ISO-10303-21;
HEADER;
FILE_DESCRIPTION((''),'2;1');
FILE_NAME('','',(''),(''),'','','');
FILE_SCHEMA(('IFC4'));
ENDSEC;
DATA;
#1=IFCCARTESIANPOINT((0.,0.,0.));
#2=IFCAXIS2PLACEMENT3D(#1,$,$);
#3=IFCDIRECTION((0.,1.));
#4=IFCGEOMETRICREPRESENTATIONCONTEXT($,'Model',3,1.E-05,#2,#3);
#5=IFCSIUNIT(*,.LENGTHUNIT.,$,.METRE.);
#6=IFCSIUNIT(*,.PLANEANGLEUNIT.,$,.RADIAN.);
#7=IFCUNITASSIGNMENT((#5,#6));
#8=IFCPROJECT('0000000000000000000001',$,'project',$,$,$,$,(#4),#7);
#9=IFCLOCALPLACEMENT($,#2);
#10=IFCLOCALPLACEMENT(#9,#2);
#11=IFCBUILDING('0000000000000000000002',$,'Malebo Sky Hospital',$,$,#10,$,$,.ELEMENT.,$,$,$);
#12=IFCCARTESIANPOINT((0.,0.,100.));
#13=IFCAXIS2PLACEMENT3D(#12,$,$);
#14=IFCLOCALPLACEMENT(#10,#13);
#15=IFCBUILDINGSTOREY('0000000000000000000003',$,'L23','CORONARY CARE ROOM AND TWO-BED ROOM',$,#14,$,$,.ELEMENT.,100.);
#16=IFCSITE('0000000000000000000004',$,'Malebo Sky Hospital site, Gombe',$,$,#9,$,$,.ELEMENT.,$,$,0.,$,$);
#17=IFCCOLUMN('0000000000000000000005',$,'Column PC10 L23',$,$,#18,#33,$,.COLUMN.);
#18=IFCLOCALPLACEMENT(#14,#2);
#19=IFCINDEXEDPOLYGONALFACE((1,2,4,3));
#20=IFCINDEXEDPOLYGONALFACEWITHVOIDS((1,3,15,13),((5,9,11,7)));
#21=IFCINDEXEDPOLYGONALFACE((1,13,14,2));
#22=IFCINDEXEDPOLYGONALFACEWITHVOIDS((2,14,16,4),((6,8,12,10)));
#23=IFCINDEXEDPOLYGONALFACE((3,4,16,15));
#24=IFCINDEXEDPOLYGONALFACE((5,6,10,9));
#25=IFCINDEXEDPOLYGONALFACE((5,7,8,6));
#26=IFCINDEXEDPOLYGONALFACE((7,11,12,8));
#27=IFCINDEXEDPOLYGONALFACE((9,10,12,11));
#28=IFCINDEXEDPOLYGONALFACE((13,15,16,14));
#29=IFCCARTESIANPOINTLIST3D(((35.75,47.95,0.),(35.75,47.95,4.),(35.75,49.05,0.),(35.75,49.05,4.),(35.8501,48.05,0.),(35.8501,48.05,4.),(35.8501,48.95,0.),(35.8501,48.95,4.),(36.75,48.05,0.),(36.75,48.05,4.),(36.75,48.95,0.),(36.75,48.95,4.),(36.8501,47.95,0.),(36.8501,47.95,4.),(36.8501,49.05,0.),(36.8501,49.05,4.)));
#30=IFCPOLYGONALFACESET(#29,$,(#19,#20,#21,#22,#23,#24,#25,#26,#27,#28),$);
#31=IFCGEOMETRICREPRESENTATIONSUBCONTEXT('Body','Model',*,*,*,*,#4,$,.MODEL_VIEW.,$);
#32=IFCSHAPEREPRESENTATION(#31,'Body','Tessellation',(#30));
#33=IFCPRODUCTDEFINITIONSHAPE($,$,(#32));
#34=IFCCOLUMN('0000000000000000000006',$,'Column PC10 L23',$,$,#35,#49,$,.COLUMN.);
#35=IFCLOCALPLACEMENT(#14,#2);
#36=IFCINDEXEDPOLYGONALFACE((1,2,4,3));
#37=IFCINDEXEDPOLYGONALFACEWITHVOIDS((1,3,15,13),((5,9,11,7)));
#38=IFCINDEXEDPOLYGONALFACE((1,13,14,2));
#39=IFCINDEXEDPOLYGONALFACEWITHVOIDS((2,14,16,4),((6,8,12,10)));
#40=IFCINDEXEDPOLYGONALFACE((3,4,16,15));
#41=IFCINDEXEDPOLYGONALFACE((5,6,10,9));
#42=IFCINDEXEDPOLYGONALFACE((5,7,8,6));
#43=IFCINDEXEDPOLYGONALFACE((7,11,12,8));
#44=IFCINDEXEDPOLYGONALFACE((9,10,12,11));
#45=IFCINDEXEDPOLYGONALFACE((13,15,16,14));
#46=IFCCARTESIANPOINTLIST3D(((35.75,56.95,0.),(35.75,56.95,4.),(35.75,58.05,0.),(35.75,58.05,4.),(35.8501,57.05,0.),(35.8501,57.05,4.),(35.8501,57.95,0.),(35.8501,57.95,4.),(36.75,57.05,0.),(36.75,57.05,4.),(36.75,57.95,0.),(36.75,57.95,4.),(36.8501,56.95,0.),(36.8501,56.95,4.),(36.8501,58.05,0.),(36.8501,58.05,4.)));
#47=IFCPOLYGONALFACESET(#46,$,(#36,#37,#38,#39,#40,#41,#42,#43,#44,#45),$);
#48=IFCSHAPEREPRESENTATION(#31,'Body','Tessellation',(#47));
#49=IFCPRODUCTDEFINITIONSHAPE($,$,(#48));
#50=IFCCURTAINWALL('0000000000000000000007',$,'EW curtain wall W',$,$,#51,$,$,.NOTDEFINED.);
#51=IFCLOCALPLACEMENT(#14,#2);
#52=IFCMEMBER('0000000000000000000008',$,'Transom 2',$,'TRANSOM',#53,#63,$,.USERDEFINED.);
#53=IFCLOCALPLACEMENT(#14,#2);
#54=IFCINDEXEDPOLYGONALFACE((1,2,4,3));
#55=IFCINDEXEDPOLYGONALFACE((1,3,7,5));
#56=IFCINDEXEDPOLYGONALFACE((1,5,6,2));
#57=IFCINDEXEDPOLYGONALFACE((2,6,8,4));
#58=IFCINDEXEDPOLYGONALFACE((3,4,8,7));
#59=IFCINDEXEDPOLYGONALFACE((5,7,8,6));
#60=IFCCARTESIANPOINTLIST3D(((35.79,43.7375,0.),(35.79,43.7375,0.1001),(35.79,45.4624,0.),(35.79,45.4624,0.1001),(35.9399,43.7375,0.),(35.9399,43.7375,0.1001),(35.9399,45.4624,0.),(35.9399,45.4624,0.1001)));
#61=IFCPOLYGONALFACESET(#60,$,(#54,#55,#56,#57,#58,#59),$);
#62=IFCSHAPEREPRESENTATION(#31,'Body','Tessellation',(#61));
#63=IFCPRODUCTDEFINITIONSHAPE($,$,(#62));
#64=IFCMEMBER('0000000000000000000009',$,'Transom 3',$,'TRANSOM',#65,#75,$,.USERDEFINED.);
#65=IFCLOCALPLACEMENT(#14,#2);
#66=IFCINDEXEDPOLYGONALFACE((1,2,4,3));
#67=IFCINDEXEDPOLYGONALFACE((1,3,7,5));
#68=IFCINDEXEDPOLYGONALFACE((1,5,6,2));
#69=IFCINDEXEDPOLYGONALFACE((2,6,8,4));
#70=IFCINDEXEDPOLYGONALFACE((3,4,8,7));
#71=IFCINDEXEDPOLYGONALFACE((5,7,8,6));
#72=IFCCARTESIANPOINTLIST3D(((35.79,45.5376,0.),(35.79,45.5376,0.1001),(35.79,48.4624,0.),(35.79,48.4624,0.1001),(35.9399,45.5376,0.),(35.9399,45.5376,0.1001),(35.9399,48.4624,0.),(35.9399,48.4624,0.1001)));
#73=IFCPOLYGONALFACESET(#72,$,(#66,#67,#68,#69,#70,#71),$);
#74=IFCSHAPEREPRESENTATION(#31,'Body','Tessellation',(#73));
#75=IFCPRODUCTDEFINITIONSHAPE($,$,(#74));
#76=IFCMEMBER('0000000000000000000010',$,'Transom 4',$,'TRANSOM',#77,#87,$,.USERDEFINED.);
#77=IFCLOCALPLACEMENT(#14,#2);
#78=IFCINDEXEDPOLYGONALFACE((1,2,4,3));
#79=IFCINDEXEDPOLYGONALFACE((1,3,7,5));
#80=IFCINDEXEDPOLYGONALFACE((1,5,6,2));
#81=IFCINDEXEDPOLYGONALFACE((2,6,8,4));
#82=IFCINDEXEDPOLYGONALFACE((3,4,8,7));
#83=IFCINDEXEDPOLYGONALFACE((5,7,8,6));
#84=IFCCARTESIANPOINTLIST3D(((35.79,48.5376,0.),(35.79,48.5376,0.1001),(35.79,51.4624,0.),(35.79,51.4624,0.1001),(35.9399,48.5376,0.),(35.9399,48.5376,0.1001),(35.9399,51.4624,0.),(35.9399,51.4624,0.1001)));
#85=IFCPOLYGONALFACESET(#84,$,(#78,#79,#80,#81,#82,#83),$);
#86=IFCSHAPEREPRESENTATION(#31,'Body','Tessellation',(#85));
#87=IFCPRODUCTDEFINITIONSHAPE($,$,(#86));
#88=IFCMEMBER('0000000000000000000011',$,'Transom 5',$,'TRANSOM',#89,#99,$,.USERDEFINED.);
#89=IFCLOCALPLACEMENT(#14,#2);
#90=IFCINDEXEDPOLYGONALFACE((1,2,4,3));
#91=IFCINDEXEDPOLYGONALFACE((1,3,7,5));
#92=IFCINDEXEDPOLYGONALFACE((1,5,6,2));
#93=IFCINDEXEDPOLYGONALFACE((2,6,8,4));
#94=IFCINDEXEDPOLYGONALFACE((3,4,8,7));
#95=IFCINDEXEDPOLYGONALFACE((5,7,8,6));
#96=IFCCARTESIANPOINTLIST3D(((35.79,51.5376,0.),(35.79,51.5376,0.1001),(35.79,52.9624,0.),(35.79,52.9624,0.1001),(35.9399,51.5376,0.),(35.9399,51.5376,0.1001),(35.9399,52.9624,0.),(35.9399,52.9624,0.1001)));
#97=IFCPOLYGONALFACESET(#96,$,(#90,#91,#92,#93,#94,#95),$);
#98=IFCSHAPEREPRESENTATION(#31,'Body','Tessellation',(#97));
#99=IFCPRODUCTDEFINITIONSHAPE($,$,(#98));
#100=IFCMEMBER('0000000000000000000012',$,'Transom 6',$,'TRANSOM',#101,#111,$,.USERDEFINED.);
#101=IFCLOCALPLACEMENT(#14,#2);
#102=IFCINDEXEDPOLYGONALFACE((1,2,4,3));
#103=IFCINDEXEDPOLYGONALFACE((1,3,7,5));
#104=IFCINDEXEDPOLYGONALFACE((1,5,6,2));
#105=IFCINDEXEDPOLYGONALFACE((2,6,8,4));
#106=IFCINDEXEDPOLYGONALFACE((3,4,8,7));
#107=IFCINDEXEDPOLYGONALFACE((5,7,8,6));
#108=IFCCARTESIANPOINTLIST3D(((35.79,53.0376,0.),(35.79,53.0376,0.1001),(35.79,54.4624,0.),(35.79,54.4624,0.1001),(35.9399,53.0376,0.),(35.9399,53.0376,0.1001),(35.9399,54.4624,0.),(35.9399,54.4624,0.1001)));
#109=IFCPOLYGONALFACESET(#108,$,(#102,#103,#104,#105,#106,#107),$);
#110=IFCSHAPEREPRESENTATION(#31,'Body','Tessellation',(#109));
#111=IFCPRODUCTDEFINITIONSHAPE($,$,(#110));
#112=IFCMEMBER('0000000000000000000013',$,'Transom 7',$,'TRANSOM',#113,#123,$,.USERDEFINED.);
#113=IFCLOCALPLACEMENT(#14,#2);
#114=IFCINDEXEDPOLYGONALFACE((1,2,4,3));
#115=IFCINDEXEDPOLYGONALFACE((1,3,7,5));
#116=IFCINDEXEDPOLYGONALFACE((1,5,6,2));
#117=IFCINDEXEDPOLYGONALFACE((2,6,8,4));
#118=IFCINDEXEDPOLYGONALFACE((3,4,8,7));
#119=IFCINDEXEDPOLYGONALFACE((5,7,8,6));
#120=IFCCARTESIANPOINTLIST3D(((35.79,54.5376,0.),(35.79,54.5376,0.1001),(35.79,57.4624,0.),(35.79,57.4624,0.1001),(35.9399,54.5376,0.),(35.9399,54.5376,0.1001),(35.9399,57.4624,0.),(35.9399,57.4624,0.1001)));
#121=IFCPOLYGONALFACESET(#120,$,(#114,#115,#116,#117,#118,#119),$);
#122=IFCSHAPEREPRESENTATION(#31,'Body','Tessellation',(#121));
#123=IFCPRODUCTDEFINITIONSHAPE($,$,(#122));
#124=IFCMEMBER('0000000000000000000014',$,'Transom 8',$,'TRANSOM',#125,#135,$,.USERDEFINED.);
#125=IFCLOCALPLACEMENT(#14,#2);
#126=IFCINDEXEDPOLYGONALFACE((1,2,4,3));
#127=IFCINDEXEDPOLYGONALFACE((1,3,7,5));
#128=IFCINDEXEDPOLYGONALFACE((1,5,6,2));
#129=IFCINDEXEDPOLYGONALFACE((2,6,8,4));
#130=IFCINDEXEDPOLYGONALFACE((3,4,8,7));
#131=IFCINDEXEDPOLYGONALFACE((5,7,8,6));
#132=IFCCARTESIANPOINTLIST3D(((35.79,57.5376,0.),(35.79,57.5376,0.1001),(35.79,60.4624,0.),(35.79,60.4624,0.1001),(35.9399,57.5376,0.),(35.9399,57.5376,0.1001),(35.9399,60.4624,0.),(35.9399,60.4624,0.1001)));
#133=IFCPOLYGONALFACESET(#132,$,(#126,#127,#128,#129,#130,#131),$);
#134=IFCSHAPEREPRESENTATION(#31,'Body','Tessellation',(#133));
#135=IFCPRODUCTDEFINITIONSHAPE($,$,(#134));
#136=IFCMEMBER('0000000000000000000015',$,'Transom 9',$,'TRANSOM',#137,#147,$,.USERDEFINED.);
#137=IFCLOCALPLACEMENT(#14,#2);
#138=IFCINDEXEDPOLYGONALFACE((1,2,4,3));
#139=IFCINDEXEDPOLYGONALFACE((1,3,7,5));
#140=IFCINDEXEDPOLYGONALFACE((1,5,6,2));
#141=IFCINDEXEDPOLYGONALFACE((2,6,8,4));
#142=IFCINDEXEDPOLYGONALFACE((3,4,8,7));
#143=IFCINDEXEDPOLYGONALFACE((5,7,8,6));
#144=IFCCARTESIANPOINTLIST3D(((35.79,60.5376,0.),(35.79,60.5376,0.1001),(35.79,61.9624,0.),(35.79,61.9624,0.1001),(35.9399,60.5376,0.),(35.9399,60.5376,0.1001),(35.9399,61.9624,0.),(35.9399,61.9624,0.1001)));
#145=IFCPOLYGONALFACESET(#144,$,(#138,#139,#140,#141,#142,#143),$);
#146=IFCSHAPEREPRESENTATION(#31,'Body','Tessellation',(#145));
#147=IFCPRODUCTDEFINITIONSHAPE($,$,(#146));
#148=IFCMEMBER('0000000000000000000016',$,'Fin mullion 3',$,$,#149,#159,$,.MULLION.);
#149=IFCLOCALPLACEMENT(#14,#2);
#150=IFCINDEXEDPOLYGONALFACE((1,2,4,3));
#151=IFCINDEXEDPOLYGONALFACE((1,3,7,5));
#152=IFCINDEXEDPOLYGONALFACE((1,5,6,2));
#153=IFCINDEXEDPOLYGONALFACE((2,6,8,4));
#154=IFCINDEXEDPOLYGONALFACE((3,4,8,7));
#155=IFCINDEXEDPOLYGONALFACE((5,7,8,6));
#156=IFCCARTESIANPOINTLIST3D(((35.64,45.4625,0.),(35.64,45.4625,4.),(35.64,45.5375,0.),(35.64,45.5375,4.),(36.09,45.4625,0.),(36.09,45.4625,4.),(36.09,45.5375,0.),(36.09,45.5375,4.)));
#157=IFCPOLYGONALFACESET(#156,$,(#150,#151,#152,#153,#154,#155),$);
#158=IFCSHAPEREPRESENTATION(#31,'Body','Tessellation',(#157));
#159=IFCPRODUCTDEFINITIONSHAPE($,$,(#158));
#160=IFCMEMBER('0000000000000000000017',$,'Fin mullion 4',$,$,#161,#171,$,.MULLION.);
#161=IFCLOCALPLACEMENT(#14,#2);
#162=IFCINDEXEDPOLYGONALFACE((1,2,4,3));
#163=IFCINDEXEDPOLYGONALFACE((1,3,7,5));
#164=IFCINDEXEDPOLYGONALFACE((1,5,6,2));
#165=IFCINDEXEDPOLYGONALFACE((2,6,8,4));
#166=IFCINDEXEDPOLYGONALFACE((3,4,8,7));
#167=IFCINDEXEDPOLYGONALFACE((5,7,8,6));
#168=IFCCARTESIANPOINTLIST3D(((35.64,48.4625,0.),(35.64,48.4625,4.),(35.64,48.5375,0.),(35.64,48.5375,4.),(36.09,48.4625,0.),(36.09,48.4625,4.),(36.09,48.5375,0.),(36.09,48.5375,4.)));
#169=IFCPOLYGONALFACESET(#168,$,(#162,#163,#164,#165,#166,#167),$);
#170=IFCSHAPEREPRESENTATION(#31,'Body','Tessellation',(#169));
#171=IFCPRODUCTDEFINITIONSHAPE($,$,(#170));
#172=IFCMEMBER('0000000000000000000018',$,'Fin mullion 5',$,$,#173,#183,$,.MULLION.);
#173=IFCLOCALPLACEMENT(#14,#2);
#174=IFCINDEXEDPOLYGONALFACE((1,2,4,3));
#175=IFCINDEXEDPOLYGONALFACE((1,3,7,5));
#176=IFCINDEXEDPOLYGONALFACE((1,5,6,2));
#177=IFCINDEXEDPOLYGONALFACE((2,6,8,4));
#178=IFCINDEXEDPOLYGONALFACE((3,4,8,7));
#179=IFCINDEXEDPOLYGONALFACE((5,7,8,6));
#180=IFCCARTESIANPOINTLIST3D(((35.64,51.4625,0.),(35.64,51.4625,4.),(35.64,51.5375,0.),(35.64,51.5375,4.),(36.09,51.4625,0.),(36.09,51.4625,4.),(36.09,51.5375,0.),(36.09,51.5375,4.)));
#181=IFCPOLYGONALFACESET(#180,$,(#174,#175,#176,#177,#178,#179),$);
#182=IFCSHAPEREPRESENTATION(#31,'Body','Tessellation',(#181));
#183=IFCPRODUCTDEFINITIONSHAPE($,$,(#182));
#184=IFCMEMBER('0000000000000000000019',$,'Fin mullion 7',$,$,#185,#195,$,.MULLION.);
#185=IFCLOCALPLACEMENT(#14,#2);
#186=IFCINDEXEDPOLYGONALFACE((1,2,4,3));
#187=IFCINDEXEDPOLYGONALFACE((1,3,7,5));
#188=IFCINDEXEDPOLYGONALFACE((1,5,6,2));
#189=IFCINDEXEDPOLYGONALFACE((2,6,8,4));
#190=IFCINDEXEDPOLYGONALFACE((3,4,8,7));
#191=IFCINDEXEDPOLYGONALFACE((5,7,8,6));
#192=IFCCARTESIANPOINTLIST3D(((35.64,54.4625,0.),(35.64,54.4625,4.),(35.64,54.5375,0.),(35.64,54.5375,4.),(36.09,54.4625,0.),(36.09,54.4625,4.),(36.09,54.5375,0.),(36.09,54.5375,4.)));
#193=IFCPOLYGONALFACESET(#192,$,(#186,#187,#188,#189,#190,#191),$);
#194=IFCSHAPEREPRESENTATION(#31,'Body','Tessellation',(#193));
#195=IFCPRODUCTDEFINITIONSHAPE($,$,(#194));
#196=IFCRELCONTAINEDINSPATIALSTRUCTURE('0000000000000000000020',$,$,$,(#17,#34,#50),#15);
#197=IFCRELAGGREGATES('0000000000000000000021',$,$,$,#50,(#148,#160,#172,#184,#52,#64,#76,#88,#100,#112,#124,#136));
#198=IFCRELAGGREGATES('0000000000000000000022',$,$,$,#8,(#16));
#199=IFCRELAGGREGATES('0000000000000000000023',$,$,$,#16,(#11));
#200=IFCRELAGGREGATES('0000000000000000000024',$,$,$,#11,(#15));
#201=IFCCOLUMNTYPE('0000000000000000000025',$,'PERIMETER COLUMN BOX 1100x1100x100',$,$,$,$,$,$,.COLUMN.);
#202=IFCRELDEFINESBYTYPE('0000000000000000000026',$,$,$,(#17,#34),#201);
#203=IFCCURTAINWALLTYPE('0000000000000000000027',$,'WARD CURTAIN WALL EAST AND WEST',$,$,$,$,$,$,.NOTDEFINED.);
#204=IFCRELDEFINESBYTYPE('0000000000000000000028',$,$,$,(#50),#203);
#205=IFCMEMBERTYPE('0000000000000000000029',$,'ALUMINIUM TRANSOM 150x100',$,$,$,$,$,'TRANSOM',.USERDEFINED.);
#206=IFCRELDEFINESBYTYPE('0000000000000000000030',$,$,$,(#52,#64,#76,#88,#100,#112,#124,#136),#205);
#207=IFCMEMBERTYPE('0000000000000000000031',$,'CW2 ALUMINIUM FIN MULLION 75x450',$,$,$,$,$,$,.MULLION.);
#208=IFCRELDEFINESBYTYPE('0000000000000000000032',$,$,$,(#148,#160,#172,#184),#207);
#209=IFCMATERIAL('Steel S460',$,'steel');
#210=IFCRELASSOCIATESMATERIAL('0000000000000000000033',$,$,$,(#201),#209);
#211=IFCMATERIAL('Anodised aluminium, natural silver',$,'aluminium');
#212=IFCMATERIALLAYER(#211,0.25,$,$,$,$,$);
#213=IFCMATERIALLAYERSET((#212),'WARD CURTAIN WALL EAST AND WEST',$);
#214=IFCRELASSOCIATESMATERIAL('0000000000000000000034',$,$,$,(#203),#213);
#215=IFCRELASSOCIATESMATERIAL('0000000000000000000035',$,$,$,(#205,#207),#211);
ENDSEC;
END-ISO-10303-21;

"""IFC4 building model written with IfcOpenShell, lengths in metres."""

from ifc_helpers import new_model, si_unit, direction, frame, origin, origin_2d, place, context, subcontext, project, spatial, rectangle, hollow_rectangle, extrude, material, layer, layer_set, material_profile, profile_set, type_object, element, aggregate, save


model = new_model("IFC4")

# Units and contexts
model_context = context("Model", 3, precision=1e-05, world=origin(), true_north=direction((0.0, 1.0)))
body_context = subcontext(model_context, "Body", "Model", "MODEL_VIEW")
ifc_project = project(units=[si_unit("LENGTHUNIT", "METRE"), si_unit("PLANEANGLEUNIT", "RADIAN")], contexts=[model_context])

# Site, building, storey
site_placement = place(None, origin())
site = spatial("IfcSite", under=ifc_project, at=site_placement, Name="Malebo Sky Hospital site, Gombe", CompositionType="ELEMENT", RefElevation=0.0)
building_placement = place(site_placement, origin())
building = spatial("IfcBuilding", under=site, at=building_placement, Name="Malebo Sky Hospital", CompositionType="ELEMENT")
storey_placement = place(building_placement, frame((0.0, 0.0, 100.0)))
storey = spatial("IfcBuildingStorey", under=building, at=storey_placement, Name="L23", Description="CORONARY CARE ROOM AND TWO-BED ROOM", CompositionType="ELEMENT", Elevation=100.0)

# Columns
ifc_material_1 = material(Name="Steel S460", Category="steel")
ifc_material_profile_1 = material_profile(ifc_material_1, hollow_rectangle(XDim=1.1001, YDim=1.1001, WallThickness=0.1001, at=origin_2d()), Name="BOX 1100x1100x100")
ifc_profile_set_1 = profile_set([ifc_material_profile_1], Name="Steel S460")
column_type = type_object("IfcColumnType", Name="PERIMETER COLUMN BOX 1100x1100x100", PredefinedType="COLUMN", material=ifc_profile_set_1)
for number, where, z_axis, x_axis, name in (
    (1, (36.3, 48.5, 0.0), (0.0, 0.0, 1.0), (1.0, 0.0, 0.0), "Column PC10 L23"),
    (2, (36.3, 57.5, 0.0), (0.0, 0.0, 1.0), (1.0, 0.0, 0.0), "Column PC10 L23"),
):
    element("IfcColumn", number, at=place(storey_placement, frame(where, z_axis=z_axis, x_axis=x_axis)), inside=storey, type_object=column_type, Name=name, PredefinedType="COLUMN", context=body_context, shape_type="SweptSolid", body=[
        extrude(hollow_rectangle(XDim=1.1001, YDim=1.1001, WallThickness=0.1001, at=origin_2d()), origin(), (0.0, 0.0, 1.0), 4.0),
    ])

# Curtain wall, members
ifc_material_2 = material(Name="Anodised aluminium, natural silver", Category="aluminium")
ifc_layer_1 = layer(ifc_material_2, 0.25)
ifc_layer_set_1 = layer_set([ifc_layer_1], Name="WARD CURTAIN WALL EAST AND WEST")
curtain_wall_type = type_object("IfcCurtainWallType", Name="WARD CURTAIN WALL EAST AND WEST", PredefinedType="NOTDEFINED", material=ifc_layer_set_1)
curtain_wall_placement = place(storey_placement, origin())
curtain_wall = element("IfcCurtainWall", 3, at=curtain_wall_placement, inside=storey, type_object=curtain_wall_type, Name="EW curtain wall W", PredefinedType="NOTDEFINED")
ifc_material_profile_2 = material_profile(ifc_material_2, rectangle(XDim=0.1499, YDim=0.1001, at=origin_2d()), Name="ALUMINIUM TRANSOM 150x100")
ifc_profile_set_2 = profile_set([ifc_material_profile_2], Name="Anodised aluminium, natural silver")
member_type_1 = type_object("IfcMemberType", Name="ALUMINIUM TRANSOM 150x100", ElementType="TRANSOM", PredefinedType="USERDEFINED", material=ifc_profile_set_2)
member_1_placement = place(storey_placement, frame((35.865, 43.7375, 0.05), z_axis=(0.0, 1.0, 0.0), x_axis=(-1.0, 0.0, 0.0)))
member_1 = element("IfcMember", 4, at=member_1_placement, type_object=member_type_1, Name="Transom 2", ObjectType="TRANSOM", PredefinedType="USERDEFINED", context=body_context, shape_type="SweptSolid", body=[
    extrude(rectangle(XDim=0.1499, YDim=0.1001, at=origin_2d()), origin(), (0.0, 0.0, 1.0), 1.7249),
])
member_2_placement = place(storey_placement, frame((35.865, 45.5376, 0.05), z_axis=(0.0, 1.0, 0.0), x_axis=(-1.0, 0.0, 0.0)))
member_2 = element("IfcMember", 5, at=member_2_placement, type_object=member_type_1, Name="Transom 3", ObjectType="TRANSOM", PredefinedType="USERDEFINED", context=body_context, shape_type="SweptSolid", body=[
    extrude(rectangle(XDim=0.1499, YDim=0.1001, at=origin_2d()), origin(), (0.0, 0.0, 1.0), 2.9248),
])
member_3_placement = place(storey_placement, frame((35.865, 48.5376, 0.05), z_axis=(0.0, 1.0, 0.0), x_axis=(-1.0, 0.0, 0.0)))
member_3 = element("IfcMember", 6, at=member_3_placement, type_object=member_type_1, Name="Transom 4", ObjectType="TRANSOM", PredefinedType="USERDEFINED", context=body_context, shape_type="SweptSolid", body=[
    extrude(rectangle(XDim=0.1499, YDim=0.1001, at=origin_2d()), origin(), (0.0, 0.0, 1.0), 2.9248),
])
member_4_placement = place(storey_placement, frame((35.865, 51.5376, 0.05), z_axis=(0.0, 1.0, 0.0), x_axis=(-1.0, 0.0, 0.0)))
member_4 = element("IfcMember", 7, at=member_4_placement, type_object=member_type_1, Name="Transom 5", ObjectType="TRANSOM", PredefinedType="USERDEFINED", context=body_context, shape_type="SweptSolid", body=[
    extrude(rectangle(XDim=0.1499, YDim=0.1001, at=origin_2d()), origin(), (0.0, 0.0, 1.0), 1.4248),
])
member_5_placement = place(storey_placement, frame((35.865, 53.0376, 0.05), z_axis=(0.0, 1.0, 0.0), x_axis=(-1.0, 0.0, 0.0)))
member_5 = element("IfcMember", 8, at=member_5_placement, type_object=member_type_1, Name="Transom 6", ObjectType="TRANSOM", PredefinedType="USERDEFINED", context=body_context, shape_type="SweptSolid", body=[
    extrude(rectangle(XDim=0.1499, YDim=0.1001, at=origin_2d()), origin(), (0.0, 0.0, 1.0), 1.4248),
])
member_6_placement = place(storey_placement, frame((35.865, 54.5376, 0.05), z_axis=(0.0, 1.0, 0.0), x_axis=(-1.0, 0.0, 0.0)))
member_6 = element("IfcMember", 9, at=member_6_placement, type_object=member_type_1, Name="Transom 7", ObjectType="TRANSOM", PredefinedType="USERDEFINED", context=body_context, shape_type="SweptSolid", body=[
    extrude(rectangle(XDim=0.1499, YDim=0.1001, at=origin_2d()), origin(), (0.0, 0.0, 1.0), 2.9248),
])
member_7_placement = place(storey_placement, frame((35.865, 57.5376, 0.05), z_axis=(0.0, 1.0, 0.0), x_axis=(-1.0, 0.0, 0.0)))
member_7 = element("IfcMember", 10, at=member_7_placement, type_object=member_type_1, Name="Transom 8", ObjectType="TRANSOM", PredefinedType="USERDEFINED", context=body_context, shape_type="SweptSolid", body=[
    extrude(rectangle(XDim=0.1499, YDim=0.1001, at=origin_2d()), origin(), (0.0, 0.0, 1.0), 2.9248),
])
member_8_placement = place(storey_placement, frame((35.865, 60.5376, 0.05), z_axis=(0.0, 1.0, 0.0), x_axis=(-1.0, 0.0, 0.0)))
member_8 = element("IfcMember", 11, at=member_8_placement, type_object=member_type_1, Name="Transom 9", ObjectType="TRANSOM", PredefinedType="USERDEFINED", context=body_context, shape_type="SweptSolid", body=[
    extrude(rectangle(XDim=0.1499, YDim=0.1001, at=origin_2d()), origin(), (0.0, 0.0, 1.0), 1.4248),
])
ifc_material_profile_3 = material_profile(ifc_material_2, rectangle(XDim=0.075, YDim=0.45, at=origin_2d()), Name="CW2 ALUMINIUM FIN MULLION 75x450")
ifc_profile_set_3 = profile_set([ifc_material_profile_3], Name="Anodised aluminium, natural silver")
member_type_2 = type_object("IfcMemberType", Name="CW2 ALUMINIUM FIN MULLION 75x450", PredefinedType="MULLION", material=ifc_profile_set_3)
member_9_placement = place(storey_placement, frame((35.865, 45.5, 0.0), z_axis=(0.0, 0.0, 1.0), x_axis=(0.0, 1.0, 0.0)))
member_9 = element("IfcMember", 12, at=member_9_placement, type_object=member_type_2, Name="Fin mullion 3", PredefinedType="MULLION", context=body_context, shape_type="SweptSolid", body=[
    extrude(rectangle(XDim=0.075, YDim=0.45, at=origin_2d()), origin(), (0.0, 0.0, 1.0), 4.0),
])
member_10_placement = place(storey_placement, frame((35.865, 48.5, 0.0), z_axis=(0.0, 0.0, 1.0), x_axis=(0.0, 1.0, 0.0)))
member_10 = element("IfcMember", 13, at=member_10_placement, type_object=member_type_2, Name="Fin mullion 4", PredefinedType="MULLION", context=body_context, shape_type="SweptSolid", body=[
    extrude(rectangle(XDim=0.075, YDim=0.45, at=origin_2d()), origin(), (0.0, 0.0, 1.0), 4.0),
])
member_11_placement = place(storey_placement, frame((35.865, 51.5, 0.0), z_axis=(0.0, 0.0, 1.0), x_axis=(0.0, 1.0, 0.0)))
member_11 = element("IfcMember", 14, at=member_11_placement, type_object=member_type_2, Name="Fin mullion 5", PredefinedType="MULLION", context=body_context, shape_type="SweptSolid", body=[
    extrude(rectangle(XDim=0.075, YDim=0.45, at=origin_2d()), origin(), (0.0, 0.0, 1.0), 4.0),
])
member_12_placement = place(storey_placement, frame((35.865, 54.5, 0.0), z_axis=(0.0, 0.0, 1.0), x_axis=(0.0, 1.0, 0.0)))
member_12 = element("IfcMember", 15, at=member_12_placement, type_object=member_type_2, Name="Fin mullion 7", PredefinedType="MULLION", context=body_context, shape_type="SweptSolid", body=[
    extrude(rectangle(XDim=0.075, YDim=0.45, at=origin_2d()), origin(), (0.0, 0.0, 1.0), 4.0),
])

aggregate(curtain_wall, [member_9, member_10, member_11, member_12, member_1, member_2, member_3, member_4, member_5, member_6, member_7, member_8])

save(model, "model.ifc")
